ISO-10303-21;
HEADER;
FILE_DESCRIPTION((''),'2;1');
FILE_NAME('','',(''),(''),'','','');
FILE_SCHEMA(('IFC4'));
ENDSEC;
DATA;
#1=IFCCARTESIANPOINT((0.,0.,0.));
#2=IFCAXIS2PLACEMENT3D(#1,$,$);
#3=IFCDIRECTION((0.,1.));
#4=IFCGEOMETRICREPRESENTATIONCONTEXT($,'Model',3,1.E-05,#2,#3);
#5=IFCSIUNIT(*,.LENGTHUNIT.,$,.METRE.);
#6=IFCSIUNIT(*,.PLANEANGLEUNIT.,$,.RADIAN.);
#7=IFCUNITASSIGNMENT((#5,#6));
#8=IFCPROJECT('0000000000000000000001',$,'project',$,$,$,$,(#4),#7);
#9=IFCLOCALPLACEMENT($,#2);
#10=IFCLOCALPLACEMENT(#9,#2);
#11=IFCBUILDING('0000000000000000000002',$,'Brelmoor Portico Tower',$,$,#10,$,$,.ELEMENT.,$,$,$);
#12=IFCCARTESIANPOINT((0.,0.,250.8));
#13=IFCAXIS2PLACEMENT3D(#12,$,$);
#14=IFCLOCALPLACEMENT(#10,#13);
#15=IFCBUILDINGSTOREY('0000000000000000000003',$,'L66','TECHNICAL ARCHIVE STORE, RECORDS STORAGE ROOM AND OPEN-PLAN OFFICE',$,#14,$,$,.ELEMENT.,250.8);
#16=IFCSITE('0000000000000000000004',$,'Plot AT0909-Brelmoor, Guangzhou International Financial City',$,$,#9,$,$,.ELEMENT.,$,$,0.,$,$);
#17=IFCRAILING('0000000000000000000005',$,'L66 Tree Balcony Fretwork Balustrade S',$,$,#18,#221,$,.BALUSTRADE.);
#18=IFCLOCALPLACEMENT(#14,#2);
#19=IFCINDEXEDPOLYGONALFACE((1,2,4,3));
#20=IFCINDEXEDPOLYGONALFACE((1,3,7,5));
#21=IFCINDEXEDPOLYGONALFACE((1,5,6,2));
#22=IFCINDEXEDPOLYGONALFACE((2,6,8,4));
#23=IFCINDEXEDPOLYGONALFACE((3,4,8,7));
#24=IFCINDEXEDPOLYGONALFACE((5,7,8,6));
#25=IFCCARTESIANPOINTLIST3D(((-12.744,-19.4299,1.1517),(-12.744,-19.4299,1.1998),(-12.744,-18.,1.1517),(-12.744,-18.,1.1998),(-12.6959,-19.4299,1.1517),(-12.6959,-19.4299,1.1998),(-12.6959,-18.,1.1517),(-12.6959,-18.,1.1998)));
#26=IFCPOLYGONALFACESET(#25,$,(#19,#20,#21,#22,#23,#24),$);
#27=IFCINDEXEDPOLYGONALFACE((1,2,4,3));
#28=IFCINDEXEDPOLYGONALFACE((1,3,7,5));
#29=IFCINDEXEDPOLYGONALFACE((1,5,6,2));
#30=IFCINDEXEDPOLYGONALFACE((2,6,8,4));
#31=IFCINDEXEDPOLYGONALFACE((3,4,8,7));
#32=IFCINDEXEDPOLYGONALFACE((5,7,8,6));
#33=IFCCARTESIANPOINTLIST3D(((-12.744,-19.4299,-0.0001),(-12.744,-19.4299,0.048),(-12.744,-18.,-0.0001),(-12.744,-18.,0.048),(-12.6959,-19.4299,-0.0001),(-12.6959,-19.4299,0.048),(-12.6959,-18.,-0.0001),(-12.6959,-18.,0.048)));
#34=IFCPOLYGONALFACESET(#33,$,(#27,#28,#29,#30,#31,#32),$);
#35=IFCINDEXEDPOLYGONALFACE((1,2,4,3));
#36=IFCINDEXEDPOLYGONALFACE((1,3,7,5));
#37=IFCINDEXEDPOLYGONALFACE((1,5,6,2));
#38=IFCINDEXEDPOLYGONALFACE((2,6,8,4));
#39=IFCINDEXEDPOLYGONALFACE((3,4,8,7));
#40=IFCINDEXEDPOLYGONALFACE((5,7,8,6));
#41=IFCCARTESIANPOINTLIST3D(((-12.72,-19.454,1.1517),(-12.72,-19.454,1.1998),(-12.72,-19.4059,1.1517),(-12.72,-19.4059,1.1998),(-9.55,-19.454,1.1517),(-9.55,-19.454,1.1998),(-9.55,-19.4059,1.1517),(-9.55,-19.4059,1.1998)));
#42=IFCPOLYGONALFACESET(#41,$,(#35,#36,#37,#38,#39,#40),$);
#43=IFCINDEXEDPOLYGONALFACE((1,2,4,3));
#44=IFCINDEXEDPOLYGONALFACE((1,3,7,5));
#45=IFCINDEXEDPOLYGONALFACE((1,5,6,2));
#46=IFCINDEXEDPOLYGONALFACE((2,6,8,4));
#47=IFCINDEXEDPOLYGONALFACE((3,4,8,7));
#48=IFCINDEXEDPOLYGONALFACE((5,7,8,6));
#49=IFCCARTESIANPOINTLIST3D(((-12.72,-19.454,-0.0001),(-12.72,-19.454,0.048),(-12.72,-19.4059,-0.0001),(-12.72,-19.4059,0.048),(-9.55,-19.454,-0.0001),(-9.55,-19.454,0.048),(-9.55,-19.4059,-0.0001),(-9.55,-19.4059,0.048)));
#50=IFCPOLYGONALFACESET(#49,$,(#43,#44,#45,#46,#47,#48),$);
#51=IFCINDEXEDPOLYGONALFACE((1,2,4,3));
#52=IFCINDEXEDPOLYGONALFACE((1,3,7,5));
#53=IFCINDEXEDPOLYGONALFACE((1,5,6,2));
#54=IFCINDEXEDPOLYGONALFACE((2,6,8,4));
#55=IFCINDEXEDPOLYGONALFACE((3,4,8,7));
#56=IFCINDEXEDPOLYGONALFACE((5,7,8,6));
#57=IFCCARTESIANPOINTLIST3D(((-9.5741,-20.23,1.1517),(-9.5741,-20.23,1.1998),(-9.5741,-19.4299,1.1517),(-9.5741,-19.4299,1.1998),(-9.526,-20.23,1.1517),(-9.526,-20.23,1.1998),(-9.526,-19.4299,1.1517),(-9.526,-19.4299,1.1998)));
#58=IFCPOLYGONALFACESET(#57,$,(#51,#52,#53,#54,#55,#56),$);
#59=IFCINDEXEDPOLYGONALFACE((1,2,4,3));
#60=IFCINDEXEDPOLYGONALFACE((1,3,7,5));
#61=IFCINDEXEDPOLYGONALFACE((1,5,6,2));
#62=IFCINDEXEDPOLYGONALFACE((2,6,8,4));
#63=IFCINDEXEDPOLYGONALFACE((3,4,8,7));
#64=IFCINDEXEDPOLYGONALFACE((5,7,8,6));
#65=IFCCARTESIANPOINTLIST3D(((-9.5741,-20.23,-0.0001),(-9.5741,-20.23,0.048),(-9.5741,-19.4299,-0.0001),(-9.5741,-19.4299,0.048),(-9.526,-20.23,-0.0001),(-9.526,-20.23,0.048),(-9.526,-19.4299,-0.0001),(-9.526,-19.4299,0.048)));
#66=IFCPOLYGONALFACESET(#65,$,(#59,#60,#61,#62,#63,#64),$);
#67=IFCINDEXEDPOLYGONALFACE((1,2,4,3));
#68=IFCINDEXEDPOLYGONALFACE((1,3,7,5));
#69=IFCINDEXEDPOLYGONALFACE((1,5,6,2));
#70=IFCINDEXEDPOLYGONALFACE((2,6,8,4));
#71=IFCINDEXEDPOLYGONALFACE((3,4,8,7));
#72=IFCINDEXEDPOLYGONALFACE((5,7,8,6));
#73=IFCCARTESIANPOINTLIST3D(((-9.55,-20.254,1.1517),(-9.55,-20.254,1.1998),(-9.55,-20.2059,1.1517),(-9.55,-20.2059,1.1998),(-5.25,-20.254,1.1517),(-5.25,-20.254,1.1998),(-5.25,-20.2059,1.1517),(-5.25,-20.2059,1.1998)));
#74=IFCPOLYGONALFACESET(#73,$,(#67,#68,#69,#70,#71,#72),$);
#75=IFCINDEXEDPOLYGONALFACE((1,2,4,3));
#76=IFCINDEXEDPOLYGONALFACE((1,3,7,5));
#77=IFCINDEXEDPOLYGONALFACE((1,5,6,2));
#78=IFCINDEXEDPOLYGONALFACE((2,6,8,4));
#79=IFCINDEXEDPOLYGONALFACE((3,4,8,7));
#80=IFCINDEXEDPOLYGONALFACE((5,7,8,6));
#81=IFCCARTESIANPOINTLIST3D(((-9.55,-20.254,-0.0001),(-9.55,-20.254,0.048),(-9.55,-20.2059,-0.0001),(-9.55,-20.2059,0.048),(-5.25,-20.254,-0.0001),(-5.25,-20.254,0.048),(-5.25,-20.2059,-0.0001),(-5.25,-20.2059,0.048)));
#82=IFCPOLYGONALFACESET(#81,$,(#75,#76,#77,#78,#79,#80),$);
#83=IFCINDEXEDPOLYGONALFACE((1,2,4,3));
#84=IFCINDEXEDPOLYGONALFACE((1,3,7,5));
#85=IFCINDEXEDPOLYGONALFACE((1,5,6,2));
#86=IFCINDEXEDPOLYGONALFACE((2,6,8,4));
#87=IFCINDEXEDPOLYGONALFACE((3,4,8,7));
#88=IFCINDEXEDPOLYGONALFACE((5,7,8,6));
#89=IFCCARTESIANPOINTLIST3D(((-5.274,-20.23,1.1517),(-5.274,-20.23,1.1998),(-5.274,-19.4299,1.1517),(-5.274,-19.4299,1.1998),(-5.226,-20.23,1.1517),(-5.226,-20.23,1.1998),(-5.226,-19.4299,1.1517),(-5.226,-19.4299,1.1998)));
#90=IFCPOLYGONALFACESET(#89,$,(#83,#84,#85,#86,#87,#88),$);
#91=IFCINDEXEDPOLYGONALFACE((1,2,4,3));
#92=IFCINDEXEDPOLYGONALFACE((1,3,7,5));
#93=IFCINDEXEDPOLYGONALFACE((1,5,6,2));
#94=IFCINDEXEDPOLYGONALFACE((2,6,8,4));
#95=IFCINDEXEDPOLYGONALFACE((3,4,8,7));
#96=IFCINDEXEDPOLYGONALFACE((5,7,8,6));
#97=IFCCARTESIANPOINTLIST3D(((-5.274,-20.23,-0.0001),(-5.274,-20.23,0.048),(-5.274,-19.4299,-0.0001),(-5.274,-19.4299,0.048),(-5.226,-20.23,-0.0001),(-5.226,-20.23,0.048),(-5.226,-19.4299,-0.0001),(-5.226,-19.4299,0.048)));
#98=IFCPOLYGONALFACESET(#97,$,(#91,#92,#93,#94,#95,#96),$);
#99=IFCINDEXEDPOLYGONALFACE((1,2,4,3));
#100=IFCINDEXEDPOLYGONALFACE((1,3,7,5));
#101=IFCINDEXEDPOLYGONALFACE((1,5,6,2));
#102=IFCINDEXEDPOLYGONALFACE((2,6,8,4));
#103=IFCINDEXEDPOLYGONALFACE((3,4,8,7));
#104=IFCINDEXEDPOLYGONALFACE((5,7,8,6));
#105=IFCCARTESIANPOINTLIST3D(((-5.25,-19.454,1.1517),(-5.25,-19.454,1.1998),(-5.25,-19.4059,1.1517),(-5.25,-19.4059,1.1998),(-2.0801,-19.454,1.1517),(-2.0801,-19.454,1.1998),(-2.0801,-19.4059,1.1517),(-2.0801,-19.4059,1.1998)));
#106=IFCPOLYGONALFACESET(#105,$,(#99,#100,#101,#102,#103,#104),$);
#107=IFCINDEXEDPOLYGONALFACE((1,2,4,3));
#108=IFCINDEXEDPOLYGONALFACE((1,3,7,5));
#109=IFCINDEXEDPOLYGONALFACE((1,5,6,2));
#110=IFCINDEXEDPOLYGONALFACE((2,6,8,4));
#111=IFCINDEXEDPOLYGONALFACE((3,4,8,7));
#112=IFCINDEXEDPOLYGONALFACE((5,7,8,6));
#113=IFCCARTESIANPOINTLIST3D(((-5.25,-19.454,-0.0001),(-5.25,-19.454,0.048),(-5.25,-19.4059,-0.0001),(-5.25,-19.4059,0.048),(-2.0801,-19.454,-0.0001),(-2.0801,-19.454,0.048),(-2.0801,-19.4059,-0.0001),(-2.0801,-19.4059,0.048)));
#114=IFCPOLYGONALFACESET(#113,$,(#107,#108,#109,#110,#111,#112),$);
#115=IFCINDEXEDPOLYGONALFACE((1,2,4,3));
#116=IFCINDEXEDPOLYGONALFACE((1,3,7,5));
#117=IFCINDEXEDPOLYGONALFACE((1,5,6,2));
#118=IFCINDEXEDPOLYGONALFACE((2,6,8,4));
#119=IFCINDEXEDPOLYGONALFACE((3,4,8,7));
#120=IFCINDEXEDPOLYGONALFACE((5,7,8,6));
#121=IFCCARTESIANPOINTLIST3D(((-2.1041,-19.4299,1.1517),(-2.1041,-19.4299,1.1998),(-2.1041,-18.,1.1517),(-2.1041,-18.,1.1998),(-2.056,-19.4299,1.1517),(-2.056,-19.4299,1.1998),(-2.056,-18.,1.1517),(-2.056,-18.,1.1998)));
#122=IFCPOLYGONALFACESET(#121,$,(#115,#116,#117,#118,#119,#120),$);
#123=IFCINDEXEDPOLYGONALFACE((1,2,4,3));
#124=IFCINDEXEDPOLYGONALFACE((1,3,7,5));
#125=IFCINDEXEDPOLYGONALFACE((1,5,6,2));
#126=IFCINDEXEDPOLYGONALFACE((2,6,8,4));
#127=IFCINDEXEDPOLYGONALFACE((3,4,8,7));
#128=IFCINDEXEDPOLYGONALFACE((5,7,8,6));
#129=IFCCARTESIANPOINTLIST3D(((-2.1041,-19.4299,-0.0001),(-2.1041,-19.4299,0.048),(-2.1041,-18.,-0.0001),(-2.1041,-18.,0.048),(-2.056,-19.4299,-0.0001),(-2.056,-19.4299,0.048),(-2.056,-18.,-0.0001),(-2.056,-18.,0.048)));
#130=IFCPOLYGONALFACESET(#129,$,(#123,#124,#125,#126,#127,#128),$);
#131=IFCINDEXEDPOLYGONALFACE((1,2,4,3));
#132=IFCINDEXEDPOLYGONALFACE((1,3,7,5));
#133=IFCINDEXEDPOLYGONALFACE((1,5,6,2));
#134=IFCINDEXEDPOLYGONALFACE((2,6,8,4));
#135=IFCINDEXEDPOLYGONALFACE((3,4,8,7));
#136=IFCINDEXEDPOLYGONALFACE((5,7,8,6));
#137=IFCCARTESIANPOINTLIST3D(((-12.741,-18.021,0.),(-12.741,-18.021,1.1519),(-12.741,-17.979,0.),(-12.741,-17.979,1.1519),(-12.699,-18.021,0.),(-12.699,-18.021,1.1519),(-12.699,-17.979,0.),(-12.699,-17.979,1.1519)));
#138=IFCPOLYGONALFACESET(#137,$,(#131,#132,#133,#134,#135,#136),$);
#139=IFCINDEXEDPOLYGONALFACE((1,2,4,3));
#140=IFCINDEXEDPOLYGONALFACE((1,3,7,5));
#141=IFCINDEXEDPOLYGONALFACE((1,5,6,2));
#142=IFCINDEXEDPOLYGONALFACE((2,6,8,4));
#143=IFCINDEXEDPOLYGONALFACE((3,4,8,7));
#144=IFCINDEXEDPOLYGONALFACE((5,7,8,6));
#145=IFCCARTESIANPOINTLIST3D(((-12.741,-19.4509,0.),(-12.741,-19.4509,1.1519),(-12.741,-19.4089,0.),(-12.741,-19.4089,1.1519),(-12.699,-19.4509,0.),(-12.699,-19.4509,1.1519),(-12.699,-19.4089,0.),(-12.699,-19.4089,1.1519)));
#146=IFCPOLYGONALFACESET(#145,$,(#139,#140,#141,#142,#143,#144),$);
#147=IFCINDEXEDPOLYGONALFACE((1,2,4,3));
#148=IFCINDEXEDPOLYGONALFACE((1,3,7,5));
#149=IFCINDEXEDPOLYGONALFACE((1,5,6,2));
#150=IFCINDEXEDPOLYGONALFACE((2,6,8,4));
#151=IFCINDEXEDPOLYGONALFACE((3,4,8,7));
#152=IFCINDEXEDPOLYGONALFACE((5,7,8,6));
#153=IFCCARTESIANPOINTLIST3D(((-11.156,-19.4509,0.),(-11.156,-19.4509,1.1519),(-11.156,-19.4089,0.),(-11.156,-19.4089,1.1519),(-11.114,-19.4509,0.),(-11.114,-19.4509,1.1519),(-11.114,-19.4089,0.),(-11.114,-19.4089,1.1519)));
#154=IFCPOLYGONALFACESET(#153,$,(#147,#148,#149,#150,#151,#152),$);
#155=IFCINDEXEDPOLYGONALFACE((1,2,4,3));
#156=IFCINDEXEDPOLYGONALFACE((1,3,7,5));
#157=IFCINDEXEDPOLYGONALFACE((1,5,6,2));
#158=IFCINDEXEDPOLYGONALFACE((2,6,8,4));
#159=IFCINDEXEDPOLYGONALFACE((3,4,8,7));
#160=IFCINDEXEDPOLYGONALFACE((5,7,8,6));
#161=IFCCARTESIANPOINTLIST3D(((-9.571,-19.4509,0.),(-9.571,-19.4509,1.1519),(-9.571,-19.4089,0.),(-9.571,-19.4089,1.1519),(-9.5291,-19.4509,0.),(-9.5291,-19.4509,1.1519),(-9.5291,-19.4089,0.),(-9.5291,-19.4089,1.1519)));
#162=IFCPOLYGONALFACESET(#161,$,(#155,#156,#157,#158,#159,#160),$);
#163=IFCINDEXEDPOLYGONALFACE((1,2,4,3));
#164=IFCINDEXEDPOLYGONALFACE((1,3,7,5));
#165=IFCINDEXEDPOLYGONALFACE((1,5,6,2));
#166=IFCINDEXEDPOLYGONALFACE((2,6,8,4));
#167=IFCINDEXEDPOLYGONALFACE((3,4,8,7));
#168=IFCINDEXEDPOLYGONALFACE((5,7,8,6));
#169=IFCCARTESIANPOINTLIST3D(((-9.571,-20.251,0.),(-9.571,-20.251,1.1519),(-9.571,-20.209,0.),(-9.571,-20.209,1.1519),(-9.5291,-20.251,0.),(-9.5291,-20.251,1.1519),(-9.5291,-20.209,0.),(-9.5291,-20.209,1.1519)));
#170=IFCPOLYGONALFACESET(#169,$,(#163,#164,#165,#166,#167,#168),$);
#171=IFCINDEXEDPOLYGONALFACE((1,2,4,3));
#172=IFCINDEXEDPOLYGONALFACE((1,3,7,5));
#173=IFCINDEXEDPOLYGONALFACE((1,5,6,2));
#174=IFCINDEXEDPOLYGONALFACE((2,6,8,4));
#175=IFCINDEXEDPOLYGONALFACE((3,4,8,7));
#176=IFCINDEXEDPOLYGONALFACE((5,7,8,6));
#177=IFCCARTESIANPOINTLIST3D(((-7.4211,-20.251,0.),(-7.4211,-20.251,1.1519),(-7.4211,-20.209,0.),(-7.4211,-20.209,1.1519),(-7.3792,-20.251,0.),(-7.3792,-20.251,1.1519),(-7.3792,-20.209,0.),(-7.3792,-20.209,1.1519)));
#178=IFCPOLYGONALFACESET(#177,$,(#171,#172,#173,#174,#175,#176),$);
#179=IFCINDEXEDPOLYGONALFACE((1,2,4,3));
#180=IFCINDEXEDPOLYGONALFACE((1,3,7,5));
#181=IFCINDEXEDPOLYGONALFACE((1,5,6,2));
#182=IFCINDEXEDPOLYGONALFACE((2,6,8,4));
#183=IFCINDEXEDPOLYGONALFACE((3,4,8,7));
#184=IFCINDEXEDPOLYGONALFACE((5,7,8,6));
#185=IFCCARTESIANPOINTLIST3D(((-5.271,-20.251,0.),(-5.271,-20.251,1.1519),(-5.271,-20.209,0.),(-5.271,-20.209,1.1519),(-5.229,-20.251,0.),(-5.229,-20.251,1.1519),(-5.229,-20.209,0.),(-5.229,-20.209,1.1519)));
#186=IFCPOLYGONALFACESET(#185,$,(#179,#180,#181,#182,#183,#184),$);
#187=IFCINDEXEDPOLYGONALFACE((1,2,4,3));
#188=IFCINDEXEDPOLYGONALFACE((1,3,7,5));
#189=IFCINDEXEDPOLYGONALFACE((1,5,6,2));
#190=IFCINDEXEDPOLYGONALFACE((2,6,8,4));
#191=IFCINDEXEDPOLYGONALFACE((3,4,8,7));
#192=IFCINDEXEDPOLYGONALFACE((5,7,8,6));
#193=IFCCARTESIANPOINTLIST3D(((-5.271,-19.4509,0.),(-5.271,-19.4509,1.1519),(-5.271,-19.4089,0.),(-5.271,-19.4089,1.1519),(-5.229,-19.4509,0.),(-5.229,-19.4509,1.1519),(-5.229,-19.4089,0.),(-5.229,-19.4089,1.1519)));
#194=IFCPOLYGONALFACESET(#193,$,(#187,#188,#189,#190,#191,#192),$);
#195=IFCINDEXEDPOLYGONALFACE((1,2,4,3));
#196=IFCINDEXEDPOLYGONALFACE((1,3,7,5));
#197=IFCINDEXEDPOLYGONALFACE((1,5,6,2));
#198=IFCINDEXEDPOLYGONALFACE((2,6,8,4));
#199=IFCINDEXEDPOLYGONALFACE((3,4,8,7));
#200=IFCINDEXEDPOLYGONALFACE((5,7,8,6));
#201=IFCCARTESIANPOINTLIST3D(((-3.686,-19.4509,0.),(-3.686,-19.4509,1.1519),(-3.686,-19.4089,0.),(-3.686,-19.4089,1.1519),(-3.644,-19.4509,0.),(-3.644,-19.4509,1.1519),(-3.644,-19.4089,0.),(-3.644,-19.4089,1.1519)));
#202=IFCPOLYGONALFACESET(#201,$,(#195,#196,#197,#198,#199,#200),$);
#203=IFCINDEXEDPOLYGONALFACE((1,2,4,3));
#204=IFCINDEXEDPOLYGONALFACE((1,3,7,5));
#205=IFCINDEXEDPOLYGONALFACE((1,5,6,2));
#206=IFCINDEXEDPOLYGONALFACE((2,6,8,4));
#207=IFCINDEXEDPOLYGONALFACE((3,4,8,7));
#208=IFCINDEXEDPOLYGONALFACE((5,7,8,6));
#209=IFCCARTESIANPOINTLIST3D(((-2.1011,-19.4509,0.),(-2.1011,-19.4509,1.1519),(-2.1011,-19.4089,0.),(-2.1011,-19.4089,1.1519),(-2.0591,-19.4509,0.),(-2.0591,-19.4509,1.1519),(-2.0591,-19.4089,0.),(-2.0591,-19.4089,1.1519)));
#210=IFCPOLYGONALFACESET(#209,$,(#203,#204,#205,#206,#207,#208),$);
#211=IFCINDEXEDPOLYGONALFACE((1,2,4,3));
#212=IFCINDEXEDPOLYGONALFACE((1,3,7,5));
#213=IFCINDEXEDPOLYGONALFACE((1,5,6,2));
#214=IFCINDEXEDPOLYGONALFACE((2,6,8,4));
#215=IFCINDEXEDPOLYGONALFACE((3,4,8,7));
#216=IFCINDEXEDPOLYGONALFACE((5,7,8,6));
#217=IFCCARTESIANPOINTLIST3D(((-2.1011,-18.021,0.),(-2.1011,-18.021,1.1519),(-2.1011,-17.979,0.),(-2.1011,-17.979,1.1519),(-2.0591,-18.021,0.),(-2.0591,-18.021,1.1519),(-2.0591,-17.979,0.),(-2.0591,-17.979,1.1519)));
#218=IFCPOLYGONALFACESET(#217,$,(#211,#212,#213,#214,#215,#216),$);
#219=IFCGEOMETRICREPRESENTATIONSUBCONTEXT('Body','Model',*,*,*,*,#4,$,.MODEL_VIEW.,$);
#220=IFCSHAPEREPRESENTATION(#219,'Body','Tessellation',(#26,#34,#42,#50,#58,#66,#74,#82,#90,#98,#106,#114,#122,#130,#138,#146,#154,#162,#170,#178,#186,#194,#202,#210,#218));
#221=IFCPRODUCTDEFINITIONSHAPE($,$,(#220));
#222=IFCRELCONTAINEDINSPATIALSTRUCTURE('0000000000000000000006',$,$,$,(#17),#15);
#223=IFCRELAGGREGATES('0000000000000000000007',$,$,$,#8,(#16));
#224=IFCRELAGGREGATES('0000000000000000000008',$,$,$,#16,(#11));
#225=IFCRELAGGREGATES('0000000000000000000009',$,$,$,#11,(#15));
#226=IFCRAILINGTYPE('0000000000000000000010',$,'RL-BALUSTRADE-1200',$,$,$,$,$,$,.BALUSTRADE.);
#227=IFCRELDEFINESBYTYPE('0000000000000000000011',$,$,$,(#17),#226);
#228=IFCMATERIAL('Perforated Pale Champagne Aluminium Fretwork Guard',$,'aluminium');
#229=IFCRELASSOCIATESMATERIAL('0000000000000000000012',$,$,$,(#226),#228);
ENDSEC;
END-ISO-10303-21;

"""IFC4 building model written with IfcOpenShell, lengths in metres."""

from ifc_helpers import new_model, si_unit, direction, frame, origin, origin_2d, place, context, subcontext, project, spatial, rectangle, extrude, material, type_object, element, save


model = new_model("IFC4")

# Units and contexts
model_context = context("Model", 3, precision=1e-05, world=origin(), true_north=direction((0.0, 1.0)))
body_context = subcontext(model_context, "Body", "Model", "MODEL_VIEW")
ifc_project = project(units=[si_unit("LENGTHUNIT", "METRE"), si_unit("PLANEANGLEUNIT", "RADIAN")], contexts=[model_context])

# Site, building, storey
site_placement = place(None, origin())
site = spatial("IfcSite", under=ifc_project, at=site_placement, Name="Plot AT0909-Brelmoor, Guangzhou International Financial City", CompositionType="ELEMENT", RefElevation=0.0)
building_placement = place(site_placement, origin())
building = spatial("IfcBuilding", under=site, at=building_placement, Name="Brelmoor Portico Tower", CompositionType="ELEMENT")
storey_placement = place(building_placement, frame((0.0, 0.0, 250.8)))
storey = spatial("IfcBuildingStorey", under=building, at=storey_placement, Name="L66", Description="TECHNICAL ARCHIVE STORE, RECORDS STORAGE ROOM AND OPEN-PLAN OFFICE", CompositionType="ELEMENT", Elevation=250.8)

# Railing
ifc_material_1 = material(Name="Perforated Pale Champagne Aluminium Fretwork Guard", Category="aluminium")
railing_type = type_object("IfcRailingType", Name="RL-BALUSTRADE-1200", PredefinedType="BALUSTRADE", material=ifc_material_1)
railing_1_placement = place(storey_placement, frame((-12.72, -18.0, 0.0)))
element("IfcRailing", 1, at=railing_1_placement, inside=storey, type_object=railing_type, Name="L66 Tree Balcony Fretwork Balustrade S", PredefinedType="BALUSTRADE", context=body_context, shape_type="SweptSolid", body=[
    extrude(rectangle(XDim=0.0481, YDim=0.0481, at=origin_2d()), frame((0.0, 0.0, 1.1758), z_axis=(0.0, -1.0, 0.0), x_axis=(1.0, 0.0, 0.0)), (0.0, 0.0, 1.0), 1.4299),
    extrude(rectangle(XDim=0.0481, YDim=0.0481, at=origin_2d()), frame((0.0, 0.0, 0.0239), z_axis=(0.0, -1.0, 0.0), x_axis=(1.0, 0.0, 0.0)), (0.0, 0.0, 1.0), 1.4299),
    extrude(rectangle(XDim=0.0481, YDim=0.0481, at=origin_2d()), frame((0.0, -1.4299, 1.1758), z_axis=(1.0, 0.0, 0.0), x_axis=(0.0, 1.0, 0.0)), (0.0, 0.0, 1.0), 3.1699),
    extrude(rectangle(XDim=0.0481, YDim=0.0481, at=origin_2d()), frame((0.0, -1.4299, 0.0239), z_axis=(1.0, 0.0, 0.0), x_axis=(0.0, 1.0, 0.0)), (0.0, 0.0, 1.0), 3.1699),
    extrude(rectangle(XDim=0.0481, YDim=0.0481, at=origin_2d()), frame((3.1699, -1.4299, 1.1758), z_axis=(0.0, -1.0, 0.0), x_axis=(1.0, 0.0, 0.0)), (0.0, 0.0, 1.0), 0.8),
    extrude(rectangle(XDim=0.0481, YDim=0.0481, at=origin_2d()), frame((3.1699, -1.4299, 0.0239), z_axis=(0.0, -1.0, 0.0), x_axis=(1.0, 0.0, 0.0)), (0.0, 0.0, 1.0), 0.8),
    extrude(rectangle(XDim=0.0481, YDim=0.0481, at=origin_2d()), frame((3.1699, -2.23, 1.1758), z_axis=(1.0, 0.0, 0.0), x_axis=(0.0, 1.0, 0.0)), (0.0, 0.0, 1.0), 4.3),
    extrude(rectangle(XDim=0.0481, YDim=0.0481, at=origin_2d()), frame((3.1699, -2.23, 0.0239), z_axis=(1.0, 0.0, 0.0), x_axis=(0.0, 1.0, 0.0)), (0.0, 0.0, 1.0), 4.3),
    extrude(rectangle(XDim=0.0481, YDim=0.0481, at=origin_2d()), frame((7.47, -2.23, 1.1758), z_axis=(0.0, 1.0, 0.0), x_axis=(-1.0, 0.0, 0.0)), (0.0, 0.0, 1.0), 0.8),
    extrude(rectangle(XDim=0.0481, YDim=0.0481, at=origin_2d()), frame((7.47, -2.23, 0.0239), z_axis=(0.0, 1.0, 0.0), x_axis=(-1.0, 0.0, 0.0)), (0.0, 0.0, 1.0), 0.8),
    extrude(rectangle(XDim=0.0481, YDim=0.0481, at=origin_2d()), frame((7.47, -1.4299, 1.1758), z_axis=(1.0, 0.0, 0.0), x_axis=(0.0, 1.0, 0.0)), (0.0, 0.0, 1.0), 3.1699),
    extrude(rectangle(XDim=0.0481, YDim=0.0481, at=origin_2d()), frame((7.47, -1.4299, 0.0239), z_axis=(1.0, 0.0, 0.0), x_axis=(0.0, 1.0, 0.0)), (0.0, 0.0, 1.0), 3.1699),
    extrude(rectangle(XDim=0.0481, YDim=0.0481, at=origin_2d()), frame((10.6399, -1.4299, 1.1758), z_axis=(0.0, 1.0, 0.0), x_axis=(-1.0, 0.0, 0.0)), (0.0, 0.0, 1.0), 1.4299),
    extrude(rectangle(XDim=0.0481, YDim=0.0481, at=origin_2d()), frame((10.6399, -1.4299, 0.0239), z_axis=(0.0, 1.0, 0.0), x_axis=(-1.0, 0.0, 0.0)), (0.0, 0.0, 1.0), 1.4299),
    extrude(rectangle(XDim=0.042, YDim=0.042, at=origin_2d()), origin(), (0.0, 0.0, 1.0), 1.1519),
    extrude(rectangle(XDim=0.042, YDim=0.042, at=origin_2d()), frame((0.0, -1.4299, 0.0)), (0.0, 0.0, 1.0), 1.1519),
    extrude(rectangle(XDim=0.042, YDim=0.042, at=origin_2d()), frame((1.585, -1.4299, 0.0)), (0.0, 0.0, 1.0), 1.1519),
    extrude(rectangle(XDim=0.042, YDim=0.042, at=origin_2d()), frame((3.1699, -1.4299, 0.0)), (0.0, 0.0, 1.0), 1.1519),
    extrude(rectangle(XDim=0.042, YDim=0.042, at=origin_2d()), frame((3.1699, -2.23, 0.0)), (0.0, 0.0, 1.0), 1.1519),
    extrude(rectangle(XDim=0.042, YDim=0.042, at=origin_2d()), frame((5.3198, -2.23, 0.0)), (0.0, 0.0, 1.0), 1.1519),
    extrude(rectangle(XDim=0.042, YDim=0.042, at=origin_2d()), frame((7.47, -2.23, 0.0)), (0.0, 0.0, 1.0), 1.1519),
    extrude(rectangle(XDim=0.042, YDim=0.042, at=origin_2d()), frame((7.47, -1.4299, 0.0)), (0.0, 0.0, 1.0), 1.1519),
    extrude(rectangle(XDim=0.042, YDim=0.042, at=origin_2d()), frame((9.0549, -1.4299, 0.0)), (0.0, 0.0, 1.0), 1.1519),
    extrude(rectangle(XDim=0.042, YDim=0.042, at=origin_2d()), frame((10.6399, -1.4299, 0.0)), (0.0, 0.0, 1.0), 1.1519),
    extrude(rectangle(XDim=0.042, YDim=0.042, at=origin_2d()), frame((10.6399, 0.0, 0.0)), (0.0, 0.0, 1.0), 1.1519),
])

save(model, "model.ifc")
